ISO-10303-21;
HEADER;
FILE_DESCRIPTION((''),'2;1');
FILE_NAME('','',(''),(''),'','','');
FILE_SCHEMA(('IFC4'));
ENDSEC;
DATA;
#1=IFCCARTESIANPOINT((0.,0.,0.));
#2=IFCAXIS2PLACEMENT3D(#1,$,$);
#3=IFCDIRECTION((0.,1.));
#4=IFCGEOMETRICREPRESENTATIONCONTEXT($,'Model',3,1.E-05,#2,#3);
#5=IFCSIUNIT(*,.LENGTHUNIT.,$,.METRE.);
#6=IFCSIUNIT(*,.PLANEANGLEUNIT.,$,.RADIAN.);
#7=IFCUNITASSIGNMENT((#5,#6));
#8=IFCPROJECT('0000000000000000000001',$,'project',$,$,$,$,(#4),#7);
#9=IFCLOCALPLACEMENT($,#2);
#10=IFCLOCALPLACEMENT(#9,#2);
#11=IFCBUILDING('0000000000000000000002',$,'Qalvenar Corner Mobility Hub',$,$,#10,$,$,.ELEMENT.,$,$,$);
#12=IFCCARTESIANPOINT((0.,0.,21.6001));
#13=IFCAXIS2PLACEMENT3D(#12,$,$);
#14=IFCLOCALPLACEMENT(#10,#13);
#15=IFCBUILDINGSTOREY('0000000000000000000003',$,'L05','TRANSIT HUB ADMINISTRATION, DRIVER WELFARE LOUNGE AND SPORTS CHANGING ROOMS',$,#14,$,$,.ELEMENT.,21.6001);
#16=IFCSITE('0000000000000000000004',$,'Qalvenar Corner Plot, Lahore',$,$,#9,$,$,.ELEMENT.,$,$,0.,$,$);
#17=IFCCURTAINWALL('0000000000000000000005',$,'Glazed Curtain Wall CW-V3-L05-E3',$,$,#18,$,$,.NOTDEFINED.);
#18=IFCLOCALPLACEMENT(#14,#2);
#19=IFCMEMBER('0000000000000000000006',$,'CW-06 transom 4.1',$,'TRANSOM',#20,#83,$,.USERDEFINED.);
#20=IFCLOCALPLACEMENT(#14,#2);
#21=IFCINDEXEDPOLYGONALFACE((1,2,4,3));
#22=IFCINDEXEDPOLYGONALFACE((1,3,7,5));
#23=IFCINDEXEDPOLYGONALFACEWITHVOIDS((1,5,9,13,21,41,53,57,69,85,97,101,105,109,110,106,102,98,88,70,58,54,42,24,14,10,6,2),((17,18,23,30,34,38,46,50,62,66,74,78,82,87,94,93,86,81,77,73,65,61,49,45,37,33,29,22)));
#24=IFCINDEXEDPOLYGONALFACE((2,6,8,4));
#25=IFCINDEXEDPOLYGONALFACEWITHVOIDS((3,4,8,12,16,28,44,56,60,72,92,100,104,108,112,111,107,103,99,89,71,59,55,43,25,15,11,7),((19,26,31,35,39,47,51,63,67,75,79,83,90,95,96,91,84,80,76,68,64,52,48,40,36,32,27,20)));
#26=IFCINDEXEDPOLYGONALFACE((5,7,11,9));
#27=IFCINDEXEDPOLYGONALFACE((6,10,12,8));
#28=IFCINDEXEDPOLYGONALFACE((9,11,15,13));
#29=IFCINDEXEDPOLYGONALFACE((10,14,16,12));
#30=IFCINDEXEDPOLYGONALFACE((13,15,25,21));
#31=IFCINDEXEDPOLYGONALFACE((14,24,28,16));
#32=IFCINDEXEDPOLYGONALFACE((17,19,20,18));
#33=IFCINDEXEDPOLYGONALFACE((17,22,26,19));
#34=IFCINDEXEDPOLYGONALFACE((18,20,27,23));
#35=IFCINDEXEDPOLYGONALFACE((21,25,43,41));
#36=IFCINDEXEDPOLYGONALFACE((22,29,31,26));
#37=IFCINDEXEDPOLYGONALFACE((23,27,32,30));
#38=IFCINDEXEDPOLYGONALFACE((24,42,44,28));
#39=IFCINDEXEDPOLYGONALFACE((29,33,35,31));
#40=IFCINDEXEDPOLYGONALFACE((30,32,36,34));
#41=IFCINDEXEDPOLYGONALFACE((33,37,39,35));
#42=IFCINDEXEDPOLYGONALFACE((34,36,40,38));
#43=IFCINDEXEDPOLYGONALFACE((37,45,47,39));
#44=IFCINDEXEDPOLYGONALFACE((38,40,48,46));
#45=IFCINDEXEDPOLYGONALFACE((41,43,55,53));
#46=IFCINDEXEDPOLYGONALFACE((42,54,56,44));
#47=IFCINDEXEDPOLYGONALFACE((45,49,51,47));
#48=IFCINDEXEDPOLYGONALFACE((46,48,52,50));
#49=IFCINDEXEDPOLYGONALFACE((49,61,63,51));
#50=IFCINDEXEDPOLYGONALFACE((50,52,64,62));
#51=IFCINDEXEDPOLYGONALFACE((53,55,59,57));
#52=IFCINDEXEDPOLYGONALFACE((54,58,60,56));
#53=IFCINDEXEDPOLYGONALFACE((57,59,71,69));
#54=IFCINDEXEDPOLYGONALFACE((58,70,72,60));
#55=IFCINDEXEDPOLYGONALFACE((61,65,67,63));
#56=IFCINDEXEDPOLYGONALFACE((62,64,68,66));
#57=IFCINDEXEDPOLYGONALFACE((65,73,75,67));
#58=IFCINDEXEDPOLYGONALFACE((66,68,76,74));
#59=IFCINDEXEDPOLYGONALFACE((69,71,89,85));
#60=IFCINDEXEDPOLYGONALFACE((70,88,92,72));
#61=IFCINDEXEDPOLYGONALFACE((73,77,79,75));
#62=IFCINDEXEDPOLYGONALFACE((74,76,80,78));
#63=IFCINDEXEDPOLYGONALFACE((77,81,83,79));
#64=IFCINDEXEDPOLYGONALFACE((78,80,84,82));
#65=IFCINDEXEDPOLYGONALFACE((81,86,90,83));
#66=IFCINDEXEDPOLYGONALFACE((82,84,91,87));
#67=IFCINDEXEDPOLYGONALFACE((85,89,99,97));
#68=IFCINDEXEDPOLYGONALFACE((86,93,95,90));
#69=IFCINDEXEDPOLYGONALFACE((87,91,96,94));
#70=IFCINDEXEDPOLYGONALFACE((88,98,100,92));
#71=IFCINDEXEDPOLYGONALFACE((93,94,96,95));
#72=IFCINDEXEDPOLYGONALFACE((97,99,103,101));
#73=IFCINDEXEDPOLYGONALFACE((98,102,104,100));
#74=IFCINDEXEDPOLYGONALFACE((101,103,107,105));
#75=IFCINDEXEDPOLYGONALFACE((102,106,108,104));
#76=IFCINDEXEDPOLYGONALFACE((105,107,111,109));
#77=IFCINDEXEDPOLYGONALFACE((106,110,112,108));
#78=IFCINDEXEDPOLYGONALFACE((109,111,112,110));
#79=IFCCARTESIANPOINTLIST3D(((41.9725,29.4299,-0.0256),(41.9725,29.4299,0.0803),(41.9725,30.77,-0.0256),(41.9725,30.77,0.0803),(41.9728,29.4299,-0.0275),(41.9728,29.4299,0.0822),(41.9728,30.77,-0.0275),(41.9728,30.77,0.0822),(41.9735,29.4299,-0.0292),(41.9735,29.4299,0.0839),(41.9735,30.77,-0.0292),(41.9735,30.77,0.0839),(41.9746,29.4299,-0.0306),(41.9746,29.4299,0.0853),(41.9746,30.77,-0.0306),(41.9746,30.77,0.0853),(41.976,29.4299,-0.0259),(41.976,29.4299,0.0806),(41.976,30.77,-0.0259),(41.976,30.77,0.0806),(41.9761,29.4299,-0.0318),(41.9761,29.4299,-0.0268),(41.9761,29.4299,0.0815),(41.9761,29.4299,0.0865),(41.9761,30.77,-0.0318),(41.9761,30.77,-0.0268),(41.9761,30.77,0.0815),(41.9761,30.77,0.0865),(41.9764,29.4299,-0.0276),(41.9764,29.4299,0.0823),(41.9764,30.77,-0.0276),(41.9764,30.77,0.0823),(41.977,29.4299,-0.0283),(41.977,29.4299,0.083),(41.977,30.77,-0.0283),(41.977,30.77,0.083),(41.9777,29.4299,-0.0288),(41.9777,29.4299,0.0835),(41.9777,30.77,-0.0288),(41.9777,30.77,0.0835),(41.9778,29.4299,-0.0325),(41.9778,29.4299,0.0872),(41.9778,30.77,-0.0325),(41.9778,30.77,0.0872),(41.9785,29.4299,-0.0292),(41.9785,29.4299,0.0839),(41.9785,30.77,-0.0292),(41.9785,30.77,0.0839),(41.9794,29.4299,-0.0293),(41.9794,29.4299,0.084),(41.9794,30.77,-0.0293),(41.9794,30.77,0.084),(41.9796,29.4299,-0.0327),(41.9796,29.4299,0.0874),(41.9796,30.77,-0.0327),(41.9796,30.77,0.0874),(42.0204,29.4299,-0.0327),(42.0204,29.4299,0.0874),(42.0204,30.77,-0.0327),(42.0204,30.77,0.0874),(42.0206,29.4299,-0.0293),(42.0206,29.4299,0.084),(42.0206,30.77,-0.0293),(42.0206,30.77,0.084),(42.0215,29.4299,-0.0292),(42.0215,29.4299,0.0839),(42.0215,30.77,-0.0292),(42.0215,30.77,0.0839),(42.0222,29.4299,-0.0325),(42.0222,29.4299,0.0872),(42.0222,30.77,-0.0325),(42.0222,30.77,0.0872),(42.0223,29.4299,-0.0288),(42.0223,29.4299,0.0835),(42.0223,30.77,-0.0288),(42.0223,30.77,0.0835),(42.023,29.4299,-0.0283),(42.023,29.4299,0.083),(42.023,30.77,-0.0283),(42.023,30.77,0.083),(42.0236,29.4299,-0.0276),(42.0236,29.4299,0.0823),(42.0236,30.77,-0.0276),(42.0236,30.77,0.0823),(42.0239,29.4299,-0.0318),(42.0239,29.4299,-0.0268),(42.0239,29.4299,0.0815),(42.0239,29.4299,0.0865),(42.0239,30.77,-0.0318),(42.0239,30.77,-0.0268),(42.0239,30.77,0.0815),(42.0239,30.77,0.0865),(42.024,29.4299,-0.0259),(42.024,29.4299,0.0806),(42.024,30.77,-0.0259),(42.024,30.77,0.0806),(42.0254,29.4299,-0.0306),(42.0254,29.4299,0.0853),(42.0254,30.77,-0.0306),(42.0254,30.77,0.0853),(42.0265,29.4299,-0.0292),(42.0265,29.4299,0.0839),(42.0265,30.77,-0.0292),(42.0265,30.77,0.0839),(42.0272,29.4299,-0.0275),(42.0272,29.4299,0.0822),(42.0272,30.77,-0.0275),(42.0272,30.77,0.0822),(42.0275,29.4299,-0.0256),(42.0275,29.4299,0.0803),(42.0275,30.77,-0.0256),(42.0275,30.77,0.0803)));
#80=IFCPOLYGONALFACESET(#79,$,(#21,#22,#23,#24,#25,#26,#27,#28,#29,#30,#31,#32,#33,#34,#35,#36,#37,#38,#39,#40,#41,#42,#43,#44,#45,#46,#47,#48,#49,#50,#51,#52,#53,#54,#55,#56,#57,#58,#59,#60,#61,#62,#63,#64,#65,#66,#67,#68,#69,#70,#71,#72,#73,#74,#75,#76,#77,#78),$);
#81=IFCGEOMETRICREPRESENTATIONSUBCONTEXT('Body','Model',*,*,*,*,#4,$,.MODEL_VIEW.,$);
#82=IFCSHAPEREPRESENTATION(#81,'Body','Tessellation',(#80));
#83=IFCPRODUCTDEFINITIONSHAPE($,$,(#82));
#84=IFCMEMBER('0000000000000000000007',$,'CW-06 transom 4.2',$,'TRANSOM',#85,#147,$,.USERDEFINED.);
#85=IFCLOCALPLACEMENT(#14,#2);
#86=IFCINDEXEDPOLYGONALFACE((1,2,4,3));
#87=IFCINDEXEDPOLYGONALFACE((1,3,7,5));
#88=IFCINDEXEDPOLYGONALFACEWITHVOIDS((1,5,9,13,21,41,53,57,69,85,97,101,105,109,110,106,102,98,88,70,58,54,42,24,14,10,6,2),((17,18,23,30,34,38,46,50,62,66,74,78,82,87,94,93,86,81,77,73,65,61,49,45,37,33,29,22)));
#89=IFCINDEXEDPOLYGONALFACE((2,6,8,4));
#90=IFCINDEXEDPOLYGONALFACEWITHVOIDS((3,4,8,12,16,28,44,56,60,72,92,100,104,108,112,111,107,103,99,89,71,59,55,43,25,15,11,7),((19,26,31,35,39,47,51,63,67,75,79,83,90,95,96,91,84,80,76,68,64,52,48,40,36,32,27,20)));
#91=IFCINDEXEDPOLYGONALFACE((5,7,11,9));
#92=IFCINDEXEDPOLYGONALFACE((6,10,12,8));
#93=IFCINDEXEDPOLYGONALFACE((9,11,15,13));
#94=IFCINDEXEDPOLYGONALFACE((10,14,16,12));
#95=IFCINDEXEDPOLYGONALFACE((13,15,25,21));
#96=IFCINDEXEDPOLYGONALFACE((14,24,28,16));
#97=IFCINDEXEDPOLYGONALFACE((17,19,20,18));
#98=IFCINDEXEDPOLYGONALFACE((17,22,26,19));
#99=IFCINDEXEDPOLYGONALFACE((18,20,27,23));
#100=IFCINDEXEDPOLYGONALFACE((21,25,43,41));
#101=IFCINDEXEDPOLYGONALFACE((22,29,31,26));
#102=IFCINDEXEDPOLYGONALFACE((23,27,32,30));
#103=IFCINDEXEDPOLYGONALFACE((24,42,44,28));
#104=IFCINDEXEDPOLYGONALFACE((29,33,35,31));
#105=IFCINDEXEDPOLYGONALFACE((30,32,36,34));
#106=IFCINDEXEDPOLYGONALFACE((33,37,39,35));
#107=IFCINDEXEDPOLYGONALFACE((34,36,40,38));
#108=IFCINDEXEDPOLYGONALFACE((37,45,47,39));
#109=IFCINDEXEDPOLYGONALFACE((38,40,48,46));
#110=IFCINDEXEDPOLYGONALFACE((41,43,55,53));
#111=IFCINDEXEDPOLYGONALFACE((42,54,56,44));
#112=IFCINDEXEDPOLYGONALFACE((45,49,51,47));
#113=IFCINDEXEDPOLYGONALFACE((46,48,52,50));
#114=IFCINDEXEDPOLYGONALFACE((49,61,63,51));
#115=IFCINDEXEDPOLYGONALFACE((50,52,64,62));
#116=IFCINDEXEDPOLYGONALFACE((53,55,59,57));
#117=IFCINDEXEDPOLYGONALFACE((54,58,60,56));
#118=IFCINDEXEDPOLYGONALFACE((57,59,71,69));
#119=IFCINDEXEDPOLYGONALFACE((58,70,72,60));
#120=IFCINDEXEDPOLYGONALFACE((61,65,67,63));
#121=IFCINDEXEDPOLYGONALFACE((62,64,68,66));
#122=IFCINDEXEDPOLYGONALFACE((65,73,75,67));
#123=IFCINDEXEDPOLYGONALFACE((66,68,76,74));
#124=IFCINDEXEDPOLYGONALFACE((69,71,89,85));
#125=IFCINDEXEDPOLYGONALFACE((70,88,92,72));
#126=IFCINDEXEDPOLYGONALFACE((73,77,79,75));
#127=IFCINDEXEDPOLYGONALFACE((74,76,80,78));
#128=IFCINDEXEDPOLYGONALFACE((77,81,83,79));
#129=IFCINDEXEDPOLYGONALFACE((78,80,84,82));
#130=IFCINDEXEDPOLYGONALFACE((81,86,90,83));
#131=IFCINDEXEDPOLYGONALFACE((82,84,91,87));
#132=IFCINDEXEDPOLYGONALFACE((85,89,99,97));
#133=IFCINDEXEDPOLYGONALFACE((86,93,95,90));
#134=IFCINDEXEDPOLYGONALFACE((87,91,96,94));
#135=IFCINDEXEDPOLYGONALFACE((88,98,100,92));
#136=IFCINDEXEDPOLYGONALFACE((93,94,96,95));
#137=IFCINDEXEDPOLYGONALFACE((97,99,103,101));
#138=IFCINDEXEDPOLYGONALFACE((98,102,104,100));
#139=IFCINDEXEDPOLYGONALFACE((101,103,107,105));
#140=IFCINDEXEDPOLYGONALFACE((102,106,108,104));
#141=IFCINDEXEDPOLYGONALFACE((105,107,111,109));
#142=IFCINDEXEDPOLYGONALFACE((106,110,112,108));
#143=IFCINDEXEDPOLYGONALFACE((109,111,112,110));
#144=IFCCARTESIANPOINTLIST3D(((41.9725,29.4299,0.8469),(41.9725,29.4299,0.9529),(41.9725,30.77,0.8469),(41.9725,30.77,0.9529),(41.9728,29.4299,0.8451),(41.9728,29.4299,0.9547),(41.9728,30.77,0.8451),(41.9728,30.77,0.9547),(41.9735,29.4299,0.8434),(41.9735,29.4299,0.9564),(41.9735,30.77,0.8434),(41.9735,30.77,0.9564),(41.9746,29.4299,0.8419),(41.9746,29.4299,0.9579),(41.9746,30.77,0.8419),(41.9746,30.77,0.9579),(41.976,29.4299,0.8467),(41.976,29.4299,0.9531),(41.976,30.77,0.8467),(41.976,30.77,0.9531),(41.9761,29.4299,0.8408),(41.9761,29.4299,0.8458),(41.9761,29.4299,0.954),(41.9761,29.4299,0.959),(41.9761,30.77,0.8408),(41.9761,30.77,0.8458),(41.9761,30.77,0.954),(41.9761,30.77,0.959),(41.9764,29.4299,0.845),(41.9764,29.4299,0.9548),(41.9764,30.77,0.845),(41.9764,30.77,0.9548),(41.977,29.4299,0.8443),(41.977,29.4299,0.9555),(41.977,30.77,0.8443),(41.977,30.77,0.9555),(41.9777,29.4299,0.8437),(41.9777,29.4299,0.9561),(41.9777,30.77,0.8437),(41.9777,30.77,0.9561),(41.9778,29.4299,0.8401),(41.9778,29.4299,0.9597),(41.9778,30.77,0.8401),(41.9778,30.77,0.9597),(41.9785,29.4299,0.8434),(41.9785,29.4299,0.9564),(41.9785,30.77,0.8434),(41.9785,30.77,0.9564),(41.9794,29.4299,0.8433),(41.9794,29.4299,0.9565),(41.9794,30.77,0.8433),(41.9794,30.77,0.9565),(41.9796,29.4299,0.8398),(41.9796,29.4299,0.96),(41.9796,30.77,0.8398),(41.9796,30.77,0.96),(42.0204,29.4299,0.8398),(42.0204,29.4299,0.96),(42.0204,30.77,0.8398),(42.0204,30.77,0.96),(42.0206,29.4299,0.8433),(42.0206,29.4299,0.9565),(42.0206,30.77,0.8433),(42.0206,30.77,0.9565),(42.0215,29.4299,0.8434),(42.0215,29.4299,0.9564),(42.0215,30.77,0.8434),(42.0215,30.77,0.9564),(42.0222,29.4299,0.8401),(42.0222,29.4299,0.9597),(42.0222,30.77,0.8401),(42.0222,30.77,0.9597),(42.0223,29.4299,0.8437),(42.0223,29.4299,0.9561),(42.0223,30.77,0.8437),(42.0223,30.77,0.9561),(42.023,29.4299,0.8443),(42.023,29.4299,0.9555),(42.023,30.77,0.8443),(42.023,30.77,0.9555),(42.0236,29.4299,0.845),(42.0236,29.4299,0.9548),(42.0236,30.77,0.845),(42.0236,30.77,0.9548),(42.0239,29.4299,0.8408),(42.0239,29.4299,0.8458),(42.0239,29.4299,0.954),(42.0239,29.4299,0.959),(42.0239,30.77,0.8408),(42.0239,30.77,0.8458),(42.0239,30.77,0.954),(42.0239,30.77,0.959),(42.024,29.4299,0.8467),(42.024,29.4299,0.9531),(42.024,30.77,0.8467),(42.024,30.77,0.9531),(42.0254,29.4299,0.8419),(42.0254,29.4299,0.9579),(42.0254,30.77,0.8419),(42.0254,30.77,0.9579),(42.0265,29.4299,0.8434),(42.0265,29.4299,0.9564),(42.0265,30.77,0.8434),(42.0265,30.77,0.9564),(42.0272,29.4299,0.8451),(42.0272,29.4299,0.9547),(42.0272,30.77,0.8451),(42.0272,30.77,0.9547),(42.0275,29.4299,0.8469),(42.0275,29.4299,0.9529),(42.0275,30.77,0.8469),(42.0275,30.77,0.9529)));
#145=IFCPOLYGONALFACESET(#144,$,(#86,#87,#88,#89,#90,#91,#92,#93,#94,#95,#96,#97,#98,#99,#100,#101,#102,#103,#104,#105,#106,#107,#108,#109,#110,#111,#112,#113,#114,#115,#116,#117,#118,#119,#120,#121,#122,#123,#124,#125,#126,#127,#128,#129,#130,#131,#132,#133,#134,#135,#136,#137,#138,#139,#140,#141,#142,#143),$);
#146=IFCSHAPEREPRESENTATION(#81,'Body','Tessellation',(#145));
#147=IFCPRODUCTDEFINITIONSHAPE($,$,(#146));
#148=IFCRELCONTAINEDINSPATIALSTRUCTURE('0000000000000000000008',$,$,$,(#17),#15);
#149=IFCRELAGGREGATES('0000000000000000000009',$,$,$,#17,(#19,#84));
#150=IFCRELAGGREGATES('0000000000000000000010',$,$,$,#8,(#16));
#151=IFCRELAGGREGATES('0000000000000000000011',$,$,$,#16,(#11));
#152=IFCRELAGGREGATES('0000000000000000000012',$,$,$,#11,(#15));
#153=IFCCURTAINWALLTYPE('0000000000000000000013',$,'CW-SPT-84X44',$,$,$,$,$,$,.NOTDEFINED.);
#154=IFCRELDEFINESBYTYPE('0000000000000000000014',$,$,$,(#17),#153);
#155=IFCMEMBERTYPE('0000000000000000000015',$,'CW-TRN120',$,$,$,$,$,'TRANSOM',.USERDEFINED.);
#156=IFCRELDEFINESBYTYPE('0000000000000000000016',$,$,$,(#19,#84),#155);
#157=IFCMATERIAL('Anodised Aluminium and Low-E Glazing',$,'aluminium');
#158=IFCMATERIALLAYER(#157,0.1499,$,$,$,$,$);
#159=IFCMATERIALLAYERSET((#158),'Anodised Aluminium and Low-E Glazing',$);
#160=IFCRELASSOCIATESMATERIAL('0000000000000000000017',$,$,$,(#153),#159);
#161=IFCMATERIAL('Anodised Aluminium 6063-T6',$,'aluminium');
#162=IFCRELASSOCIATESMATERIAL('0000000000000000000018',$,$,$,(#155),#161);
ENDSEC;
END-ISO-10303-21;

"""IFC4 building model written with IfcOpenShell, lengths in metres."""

from ifc_helpers import new_model, si_unit, direction, frame, origin, origin_2d, place, context, subcontext, project, spatial, hollow_rectangle, extrude, material, layer, layer_set, material_profile, profile_set, type_object, element, aggregate, save


model = new_model("IFC4")

# Units and contexts
model_context = context("Model", 3, precision=1e-05, world=origin(), true_north=direction((0.0, 1.0)))
body_context = subcontext(model_context, "Body", "Model", "MODEL_VIEW")
ifc_project = project(units=[si_unit("LENGTHUNIT", "METRE"), si_unit("PLANEANGLEUNIT", "RADIAN")], contexts=[model_context])

# Site, building, storey
site_placement = place(None, origin())
site = spatial("IfcSite", under=ifc_project, at=site_placement, Name="Qalvenar Corner Plot, Lahore", CompositionType="ELEMENT", RefElevation=0.0)
building_placement = place(site_placement, origin())
building = spatial("IfcBuilding", under=site, at=building_placement, Name="Qalvenar Corner Mobility Hub", CompositionType="ELEMENT")
storey_placement = place(building_placement, frame((0.0, 0.0, 21.6001)))
storey = spatial("IfcBuildingStorey", under=building, at=storey_placement, Name="L05", Description="TRANSIT HUB ADMINISTRATION, DRIVER WELFARE LOUNGE AND SPORTS CHANGING ROOMS", CompositionType="ELEMENT", Elevation=21.6001)

# Curtain wall, members
ifc_material_1 = material(Name="Anodised Aluminium and Low-E Glazing", Category="aluminium")
ifc_layer_1 = layer(ifc_material_1, 0.1499)
ifc_layer_set_1 = layer_set([ifc_layer_1], Name="Anodised Aluminium and Low-E Glazing")
curtain_wall_type = type_object("IfcCurtainWallType", Name="CW-SPT-84X44", PredefinedType="NOTDEFINED", material=ifc_layer_set_1)
curtain_wall_placement = place(storey_placement, origin())
curtain_wall = element("IfcCurtainWall", 1, at=curtain_wall_placement, inside=storey, type_object=curtain_wall_type, Name="Glazed Curtain Wall CW-V3-L05-E3", PredefinedType="NOTDEFINED")
ifc_material_2 = material(Name="Anodised Aluminium 6063-T6", Category="aluminium")
ifc_material_profile_1 = material_profile(ifc_material_2, hollow_rectangle(XDim=0.0549, YDim=0.1201, WallThickness=0.0034, InnerFilletRadius=0.0034, OuterFilletRadius=0.0071, at=origin_2d()), Name="RHS120x55x3.5")
ifc_profile_set_1 = profile_set([ifc_material_profile_1], Name="Anodised Aluminium 6063-T6")
member_type_1 = type_object("IfcMemberType", Name="CW-TRN120", ElementType="TRANSOM", PredefinedType="USERDEFINED", material=ifc_profile_set_1)
member_1_placement = place(storey_placement, frame((42.0, 29.4299, 0.0273), z_axis=(0.0, 1.0, 0.0), x_axis=(-1.0, 0.0, 0.0)))
member_1 = element("IfcMember", 2, at=member_1_placement, type_object=member_type_1, Name="CW-06 transom 4.1", ObjectType="TRANSOM", PredefinedType="USERDEFINED", context=body_context, shape_type="SweptSolid", body=[
    extrude(hollow_rectangle(XDim=0.0549, YDim=0.1201, WallThickness=0.0034, InnerFilletRadius=0.0034, OuterFilletRadius=0.0071, at=origin_2d()), origin(), (0.0, 0.0, 1.0), 1.3401),
])
member_2_placement = place(storey_placement, frame((42.0, 29.4299, 0.8999), z_axis=(0.0, 1.0, 0.0), x_axis=(-1.0, 0.0, 0.0)))
member_2 = element("IfcMember", 3, at=member_2_placement, type_object=member_type_1, Name="CW-06 transom 4.2", ObjectType="TRANSOM", PredefinedType="USERDEFINED", context=body_context, shape_type="SweptSolid", body=[
    extrude(hollow_rectangle(XDim=0.0549, YDim=0.1201, WallThickness=0.0034, InnerFilletRadius=0.0034, OuterFilletRadius=0.0071, at=origin_2d()), origin(), (0.0, 0.0, 1.0), 1.3401),
])
aggregate(curtain_wall, [member_1, member_2])

save(model, "model.ifc")
